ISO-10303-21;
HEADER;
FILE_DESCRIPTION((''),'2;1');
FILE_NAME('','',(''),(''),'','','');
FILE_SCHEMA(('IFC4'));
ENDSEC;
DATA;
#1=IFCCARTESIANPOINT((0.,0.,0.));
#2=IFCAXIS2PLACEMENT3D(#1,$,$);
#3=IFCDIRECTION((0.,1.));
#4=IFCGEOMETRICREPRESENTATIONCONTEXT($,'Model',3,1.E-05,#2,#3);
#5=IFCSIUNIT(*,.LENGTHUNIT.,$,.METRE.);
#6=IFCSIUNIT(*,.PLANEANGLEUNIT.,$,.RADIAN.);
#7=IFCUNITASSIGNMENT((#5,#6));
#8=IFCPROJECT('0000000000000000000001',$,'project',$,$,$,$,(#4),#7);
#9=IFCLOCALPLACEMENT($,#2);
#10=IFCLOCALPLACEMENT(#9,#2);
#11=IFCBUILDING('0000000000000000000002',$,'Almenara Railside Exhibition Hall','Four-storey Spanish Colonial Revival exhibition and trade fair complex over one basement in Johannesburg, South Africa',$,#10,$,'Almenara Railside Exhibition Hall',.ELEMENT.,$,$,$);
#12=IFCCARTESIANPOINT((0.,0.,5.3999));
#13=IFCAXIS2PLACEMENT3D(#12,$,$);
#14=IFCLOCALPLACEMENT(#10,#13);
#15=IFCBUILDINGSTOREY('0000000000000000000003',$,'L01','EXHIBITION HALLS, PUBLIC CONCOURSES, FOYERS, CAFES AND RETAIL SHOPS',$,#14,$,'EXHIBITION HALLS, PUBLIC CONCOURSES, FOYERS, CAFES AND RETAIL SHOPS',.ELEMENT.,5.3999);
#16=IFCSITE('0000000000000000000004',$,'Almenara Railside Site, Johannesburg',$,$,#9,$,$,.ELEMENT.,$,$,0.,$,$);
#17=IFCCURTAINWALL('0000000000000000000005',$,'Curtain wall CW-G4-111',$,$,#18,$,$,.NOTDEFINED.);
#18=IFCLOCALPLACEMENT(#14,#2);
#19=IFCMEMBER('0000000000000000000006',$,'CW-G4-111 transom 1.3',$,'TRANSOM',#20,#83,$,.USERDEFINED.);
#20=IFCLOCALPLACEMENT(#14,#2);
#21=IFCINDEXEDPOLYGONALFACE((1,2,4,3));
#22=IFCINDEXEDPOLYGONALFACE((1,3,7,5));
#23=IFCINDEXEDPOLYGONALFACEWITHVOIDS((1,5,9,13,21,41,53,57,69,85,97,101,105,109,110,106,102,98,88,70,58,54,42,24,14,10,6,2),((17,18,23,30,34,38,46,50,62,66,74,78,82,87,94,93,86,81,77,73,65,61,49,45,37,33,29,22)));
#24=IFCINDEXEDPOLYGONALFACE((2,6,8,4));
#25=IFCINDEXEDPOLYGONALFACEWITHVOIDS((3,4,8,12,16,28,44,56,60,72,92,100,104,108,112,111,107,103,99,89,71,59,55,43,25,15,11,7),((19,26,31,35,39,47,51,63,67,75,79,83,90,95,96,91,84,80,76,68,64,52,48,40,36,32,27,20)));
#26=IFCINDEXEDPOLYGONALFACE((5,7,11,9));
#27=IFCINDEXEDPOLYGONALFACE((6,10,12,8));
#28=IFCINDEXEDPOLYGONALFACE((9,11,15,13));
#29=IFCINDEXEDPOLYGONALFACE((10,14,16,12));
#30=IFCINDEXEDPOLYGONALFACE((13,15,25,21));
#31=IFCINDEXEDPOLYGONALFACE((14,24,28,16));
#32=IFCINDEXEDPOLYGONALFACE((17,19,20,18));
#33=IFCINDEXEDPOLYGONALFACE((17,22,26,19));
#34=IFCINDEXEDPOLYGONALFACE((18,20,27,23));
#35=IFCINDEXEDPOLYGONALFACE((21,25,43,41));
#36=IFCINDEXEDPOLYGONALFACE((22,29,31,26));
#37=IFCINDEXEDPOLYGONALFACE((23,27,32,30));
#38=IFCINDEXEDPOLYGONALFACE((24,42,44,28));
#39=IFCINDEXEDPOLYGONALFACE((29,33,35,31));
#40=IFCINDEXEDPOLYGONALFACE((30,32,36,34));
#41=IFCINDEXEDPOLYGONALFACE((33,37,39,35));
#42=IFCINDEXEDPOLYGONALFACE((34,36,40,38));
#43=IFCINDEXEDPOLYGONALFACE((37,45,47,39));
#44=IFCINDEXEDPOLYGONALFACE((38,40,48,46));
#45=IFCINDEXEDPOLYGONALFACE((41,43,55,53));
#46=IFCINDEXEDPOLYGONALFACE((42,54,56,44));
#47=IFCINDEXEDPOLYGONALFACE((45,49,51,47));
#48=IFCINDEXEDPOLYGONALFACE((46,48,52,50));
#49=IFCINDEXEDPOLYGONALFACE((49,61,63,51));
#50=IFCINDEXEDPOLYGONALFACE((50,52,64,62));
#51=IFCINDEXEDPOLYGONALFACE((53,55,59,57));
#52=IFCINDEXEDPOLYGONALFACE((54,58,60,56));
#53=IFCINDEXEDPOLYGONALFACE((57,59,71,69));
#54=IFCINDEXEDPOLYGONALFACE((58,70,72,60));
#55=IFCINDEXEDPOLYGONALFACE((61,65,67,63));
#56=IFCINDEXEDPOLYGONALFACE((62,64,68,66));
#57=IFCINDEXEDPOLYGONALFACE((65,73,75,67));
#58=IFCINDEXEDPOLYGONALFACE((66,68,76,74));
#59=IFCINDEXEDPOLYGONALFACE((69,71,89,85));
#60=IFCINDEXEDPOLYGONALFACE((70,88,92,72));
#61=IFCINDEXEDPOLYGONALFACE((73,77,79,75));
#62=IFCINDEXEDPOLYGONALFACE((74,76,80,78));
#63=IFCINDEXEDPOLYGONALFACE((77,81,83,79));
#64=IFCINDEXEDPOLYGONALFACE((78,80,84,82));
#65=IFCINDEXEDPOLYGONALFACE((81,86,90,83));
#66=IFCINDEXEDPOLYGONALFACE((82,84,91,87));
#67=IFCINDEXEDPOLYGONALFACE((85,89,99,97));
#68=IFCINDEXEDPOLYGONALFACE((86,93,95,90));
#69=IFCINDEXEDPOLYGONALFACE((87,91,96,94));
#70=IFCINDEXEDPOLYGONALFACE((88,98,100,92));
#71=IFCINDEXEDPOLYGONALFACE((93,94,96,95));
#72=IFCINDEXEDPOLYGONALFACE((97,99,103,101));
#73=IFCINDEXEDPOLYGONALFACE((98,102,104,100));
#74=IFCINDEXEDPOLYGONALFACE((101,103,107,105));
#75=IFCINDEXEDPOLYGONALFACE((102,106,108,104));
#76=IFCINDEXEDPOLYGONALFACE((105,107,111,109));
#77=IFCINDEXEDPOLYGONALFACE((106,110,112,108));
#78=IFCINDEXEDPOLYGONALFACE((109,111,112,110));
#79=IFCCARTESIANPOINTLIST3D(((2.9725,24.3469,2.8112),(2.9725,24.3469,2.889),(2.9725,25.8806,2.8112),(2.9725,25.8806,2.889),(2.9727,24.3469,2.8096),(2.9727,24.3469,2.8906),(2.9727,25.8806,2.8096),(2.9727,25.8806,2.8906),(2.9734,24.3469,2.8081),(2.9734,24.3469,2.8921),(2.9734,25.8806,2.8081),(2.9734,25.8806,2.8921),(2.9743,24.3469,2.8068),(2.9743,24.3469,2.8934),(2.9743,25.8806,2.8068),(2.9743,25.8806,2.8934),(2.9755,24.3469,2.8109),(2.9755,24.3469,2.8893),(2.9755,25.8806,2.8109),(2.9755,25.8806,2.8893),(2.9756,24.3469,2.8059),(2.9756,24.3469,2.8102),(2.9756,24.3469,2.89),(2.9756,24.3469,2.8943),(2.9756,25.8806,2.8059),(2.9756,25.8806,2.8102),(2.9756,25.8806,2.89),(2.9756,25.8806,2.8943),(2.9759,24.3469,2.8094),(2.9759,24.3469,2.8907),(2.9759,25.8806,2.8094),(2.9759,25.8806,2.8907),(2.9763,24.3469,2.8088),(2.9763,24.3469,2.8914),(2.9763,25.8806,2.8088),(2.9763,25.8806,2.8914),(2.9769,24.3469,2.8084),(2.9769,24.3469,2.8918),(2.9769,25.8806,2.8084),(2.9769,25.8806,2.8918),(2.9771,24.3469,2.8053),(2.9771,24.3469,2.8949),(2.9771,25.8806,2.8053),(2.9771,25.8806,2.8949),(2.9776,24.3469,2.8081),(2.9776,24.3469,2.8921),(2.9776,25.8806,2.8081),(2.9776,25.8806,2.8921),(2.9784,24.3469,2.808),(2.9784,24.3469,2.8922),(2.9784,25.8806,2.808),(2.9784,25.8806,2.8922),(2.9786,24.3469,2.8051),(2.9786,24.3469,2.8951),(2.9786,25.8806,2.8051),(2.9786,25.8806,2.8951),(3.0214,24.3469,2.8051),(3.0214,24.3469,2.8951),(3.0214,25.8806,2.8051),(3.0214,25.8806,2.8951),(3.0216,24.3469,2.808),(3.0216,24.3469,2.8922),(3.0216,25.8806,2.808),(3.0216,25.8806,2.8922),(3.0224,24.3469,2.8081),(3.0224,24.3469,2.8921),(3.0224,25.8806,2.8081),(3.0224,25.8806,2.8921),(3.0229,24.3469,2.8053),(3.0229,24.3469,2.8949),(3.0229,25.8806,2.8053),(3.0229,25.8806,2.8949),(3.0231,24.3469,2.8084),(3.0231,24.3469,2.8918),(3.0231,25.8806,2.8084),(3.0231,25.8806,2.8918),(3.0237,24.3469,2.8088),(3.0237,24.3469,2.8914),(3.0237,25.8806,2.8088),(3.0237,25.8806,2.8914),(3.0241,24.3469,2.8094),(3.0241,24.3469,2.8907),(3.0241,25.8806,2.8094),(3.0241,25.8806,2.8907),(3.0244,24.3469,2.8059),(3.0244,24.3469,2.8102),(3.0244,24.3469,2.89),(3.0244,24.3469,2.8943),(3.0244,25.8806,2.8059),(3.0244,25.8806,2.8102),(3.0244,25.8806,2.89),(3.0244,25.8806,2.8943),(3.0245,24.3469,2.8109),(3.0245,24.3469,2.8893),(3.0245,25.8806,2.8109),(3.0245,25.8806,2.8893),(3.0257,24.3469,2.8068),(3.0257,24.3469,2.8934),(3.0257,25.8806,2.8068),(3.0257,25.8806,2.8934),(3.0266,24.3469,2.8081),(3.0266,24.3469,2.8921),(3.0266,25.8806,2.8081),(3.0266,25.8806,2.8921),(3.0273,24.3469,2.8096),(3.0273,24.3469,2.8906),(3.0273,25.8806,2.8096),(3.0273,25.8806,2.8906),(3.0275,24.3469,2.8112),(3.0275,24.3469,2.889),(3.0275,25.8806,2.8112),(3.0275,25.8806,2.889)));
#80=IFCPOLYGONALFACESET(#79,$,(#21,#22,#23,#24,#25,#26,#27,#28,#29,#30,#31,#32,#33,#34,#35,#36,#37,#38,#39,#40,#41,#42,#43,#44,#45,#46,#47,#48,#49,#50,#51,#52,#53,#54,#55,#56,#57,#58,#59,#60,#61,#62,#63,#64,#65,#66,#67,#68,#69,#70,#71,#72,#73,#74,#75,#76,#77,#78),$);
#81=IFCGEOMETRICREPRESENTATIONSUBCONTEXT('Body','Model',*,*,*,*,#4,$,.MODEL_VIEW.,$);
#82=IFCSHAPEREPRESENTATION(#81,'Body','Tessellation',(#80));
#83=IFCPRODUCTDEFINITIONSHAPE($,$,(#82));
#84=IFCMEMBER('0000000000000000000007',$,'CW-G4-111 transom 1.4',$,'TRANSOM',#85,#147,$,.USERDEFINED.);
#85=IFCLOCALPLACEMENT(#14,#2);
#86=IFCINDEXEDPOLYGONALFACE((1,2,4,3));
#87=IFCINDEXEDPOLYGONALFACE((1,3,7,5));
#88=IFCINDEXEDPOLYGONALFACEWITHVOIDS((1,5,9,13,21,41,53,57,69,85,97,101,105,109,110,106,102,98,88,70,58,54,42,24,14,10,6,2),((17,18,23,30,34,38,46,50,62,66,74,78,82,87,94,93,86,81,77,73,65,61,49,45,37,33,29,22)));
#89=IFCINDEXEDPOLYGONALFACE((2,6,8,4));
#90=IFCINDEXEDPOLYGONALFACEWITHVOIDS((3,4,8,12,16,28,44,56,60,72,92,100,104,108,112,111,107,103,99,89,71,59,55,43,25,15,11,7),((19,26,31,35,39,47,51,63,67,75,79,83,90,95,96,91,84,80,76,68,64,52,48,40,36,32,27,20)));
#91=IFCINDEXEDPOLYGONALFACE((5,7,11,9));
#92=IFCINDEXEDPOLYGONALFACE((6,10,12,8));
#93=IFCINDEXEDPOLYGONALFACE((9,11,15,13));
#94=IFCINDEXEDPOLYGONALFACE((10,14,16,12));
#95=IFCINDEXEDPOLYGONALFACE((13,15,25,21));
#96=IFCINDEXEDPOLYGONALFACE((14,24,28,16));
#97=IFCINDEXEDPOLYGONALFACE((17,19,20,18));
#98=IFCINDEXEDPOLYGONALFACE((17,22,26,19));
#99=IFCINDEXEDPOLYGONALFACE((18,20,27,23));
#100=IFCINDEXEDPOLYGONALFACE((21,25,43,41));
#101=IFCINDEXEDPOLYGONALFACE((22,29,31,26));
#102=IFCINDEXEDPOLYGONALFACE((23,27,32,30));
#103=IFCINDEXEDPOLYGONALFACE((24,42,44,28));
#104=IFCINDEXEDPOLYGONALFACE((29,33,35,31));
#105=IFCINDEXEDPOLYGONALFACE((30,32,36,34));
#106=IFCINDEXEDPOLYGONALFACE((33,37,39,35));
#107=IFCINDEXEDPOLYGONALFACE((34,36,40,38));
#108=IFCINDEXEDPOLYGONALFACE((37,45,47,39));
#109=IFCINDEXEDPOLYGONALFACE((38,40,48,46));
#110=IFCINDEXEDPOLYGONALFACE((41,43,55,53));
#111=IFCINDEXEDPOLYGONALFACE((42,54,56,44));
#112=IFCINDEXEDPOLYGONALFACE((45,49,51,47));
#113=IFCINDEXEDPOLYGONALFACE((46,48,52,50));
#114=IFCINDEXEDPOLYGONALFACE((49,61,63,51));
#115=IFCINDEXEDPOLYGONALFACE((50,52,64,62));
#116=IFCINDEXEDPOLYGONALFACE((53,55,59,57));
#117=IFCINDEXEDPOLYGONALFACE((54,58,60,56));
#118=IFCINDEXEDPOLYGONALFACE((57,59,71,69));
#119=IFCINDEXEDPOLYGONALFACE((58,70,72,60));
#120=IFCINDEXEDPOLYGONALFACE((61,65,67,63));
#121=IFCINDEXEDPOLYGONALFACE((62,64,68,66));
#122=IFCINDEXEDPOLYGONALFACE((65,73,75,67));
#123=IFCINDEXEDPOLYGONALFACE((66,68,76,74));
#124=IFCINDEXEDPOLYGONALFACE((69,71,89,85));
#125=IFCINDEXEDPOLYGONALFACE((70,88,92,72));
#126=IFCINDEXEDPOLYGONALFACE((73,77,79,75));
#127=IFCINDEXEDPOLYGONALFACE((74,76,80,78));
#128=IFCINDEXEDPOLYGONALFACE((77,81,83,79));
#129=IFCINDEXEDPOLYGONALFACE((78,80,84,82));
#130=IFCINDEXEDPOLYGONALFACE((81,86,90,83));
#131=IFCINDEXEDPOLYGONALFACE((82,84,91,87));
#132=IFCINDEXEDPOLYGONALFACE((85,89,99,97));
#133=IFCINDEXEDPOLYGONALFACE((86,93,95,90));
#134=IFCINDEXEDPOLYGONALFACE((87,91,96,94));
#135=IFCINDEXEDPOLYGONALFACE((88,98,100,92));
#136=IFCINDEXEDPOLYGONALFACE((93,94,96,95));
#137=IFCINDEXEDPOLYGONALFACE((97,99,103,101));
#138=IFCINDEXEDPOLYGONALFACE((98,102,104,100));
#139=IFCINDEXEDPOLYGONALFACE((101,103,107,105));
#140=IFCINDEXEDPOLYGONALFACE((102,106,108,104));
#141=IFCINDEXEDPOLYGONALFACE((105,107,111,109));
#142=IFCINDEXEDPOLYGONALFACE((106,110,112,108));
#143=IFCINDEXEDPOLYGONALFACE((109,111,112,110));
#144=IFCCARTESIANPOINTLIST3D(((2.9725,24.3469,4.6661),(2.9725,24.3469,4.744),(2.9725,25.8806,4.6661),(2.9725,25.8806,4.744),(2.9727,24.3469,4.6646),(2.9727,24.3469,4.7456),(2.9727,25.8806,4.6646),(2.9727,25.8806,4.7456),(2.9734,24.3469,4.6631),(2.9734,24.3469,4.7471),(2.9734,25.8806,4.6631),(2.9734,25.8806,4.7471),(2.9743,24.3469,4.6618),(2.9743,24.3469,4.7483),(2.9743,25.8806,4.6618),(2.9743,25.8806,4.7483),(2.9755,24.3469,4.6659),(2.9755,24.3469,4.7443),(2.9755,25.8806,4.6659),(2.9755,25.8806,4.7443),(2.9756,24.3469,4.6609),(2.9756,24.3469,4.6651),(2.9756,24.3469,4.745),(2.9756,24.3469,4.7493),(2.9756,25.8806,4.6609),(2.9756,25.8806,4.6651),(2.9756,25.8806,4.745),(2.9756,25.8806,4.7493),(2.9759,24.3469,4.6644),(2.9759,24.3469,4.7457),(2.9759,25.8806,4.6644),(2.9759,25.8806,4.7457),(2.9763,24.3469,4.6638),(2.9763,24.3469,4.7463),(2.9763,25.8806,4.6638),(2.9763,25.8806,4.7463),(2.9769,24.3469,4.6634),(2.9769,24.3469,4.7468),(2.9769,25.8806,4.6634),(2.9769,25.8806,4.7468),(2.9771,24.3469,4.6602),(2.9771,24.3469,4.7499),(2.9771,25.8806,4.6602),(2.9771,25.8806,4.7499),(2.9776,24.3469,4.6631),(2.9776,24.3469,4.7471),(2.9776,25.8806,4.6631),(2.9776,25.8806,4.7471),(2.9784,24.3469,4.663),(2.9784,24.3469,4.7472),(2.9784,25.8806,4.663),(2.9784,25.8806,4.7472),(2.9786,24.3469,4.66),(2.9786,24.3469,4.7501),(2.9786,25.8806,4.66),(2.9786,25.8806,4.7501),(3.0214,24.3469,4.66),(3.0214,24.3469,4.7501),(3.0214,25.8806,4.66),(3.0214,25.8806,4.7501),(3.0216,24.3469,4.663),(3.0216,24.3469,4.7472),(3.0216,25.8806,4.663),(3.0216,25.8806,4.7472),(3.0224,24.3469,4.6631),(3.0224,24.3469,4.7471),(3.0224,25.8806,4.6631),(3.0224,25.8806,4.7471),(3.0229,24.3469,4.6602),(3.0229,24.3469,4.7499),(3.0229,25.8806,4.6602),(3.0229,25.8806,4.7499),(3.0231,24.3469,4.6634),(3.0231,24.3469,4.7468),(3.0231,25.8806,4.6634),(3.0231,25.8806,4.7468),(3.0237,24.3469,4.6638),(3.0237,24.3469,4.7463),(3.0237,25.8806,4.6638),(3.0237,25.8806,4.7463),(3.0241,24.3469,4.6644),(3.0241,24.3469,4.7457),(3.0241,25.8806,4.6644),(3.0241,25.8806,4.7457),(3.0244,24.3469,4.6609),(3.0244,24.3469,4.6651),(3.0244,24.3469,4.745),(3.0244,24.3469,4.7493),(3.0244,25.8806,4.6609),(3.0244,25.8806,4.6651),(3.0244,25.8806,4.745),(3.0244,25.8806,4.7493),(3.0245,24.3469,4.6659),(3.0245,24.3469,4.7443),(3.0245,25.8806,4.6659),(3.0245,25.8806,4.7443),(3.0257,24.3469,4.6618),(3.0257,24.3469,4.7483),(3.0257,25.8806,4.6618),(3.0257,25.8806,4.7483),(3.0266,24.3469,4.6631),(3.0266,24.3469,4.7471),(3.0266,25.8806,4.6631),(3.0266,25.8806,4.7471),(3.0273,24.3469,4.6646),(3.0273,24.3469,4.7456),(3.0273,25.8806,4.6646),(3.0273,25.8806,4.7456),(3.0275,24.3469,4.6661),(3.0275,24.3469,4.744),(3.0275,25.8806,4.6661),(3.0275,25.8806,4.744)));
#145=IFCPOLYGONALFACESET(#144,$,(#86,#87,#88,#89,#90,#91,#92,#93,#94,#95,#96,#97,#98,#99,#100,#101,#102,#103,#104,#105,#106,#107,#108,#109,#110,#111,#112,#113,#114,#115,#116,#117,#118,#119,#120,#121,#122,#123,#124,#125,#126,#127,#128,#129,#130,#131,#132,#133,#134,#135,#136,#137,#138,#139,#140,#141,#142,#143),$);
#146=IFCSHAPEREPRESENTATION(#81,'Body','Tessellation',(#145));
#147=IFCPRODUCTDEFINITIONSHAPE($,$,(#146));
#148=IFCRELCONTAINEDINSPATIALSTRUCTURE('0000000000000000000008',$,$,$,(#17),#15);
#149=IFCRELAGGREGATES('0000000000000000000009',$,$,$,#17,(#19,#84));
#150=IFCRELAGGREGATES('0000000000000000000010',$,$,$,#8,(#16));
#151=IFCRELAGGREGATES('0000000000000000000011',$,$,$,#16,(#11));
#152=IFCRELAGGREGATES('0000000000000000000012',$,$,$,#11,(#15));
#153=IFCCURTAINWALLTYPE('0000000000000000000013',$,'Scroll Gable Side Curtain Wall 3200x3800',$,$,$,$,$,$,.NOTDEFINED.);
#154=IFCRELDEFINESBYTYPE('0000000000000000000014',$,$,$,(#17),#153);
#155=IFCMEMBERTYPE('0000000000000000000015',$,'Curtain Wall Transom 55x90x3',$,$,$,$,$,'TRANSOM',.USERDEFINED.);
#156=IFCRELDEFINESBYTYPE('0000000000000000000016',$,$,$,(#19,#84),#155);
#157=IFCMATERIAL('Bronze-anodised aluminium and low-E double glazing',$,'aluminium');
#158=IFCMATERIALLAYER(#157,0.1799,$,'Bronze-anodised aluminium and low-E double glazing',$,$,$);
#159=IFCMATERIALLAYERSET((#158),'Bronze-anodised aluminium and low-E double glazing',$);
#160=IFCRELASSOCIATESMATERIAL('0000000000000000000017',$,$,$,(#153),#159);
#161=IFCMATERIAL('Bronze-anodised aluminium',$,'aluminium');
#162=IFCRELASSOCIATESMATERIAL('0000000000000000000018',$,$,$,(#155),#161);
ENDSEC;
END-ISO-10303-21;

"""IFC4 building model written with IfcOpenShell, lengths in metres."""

from ifc_helpers import new_model, si_unit, direction, frame, origin, origin_2d, place, context, subcontext, project, spatial, hollow_rectangle, extrude, material, layer, layer_set, material_profile, profile_set, type_object, element, aggregate, save


model = new_model("IFC4")

# Units and contexts
model_context = context("Model", 3, precision=1e-05, world=origin(), true_north=direction((0.0, 1.0)))
body_context = subcontext(model_context, "Body", "Model", "MODEL_VIEW")
ifc_project = project(units=[si_unit("LENGTHUNIT", "METRE"), si_unit("PLANEANGLEUNIT", "RADIAN")], contexts=[model_context])

# Site, building, storey
site_placement = place(None, origin())
site = spatial("IfcSite", under=ifc_project, at=site_placement, Name="Almenara Railside Site, Johannesburg", CompositionType="ELEMENT", RefElevation=0.0)
building_placement = place(site_placement, origin())
building = spatial("IfcBuilding", under=site, at=building_placement, Name="Almenara Railside Exhibition Hall", Description="Four-storey Spanish Colonial Revival exhibition and trade fair complex over one basement in Johannesburg, South Africa", LongName="Almenara Railside Exhibition Hall", CompositionType="ELEMENT")
storey_placement = place(building_placement, frame((0.0, 0.0, 5.3999)))
storey = spatial("IfcBuildingStorey", under=building, at=storey_placement, Name="L01", Description="EXHIBITION HALLS, PUBLIC CONCOURSES, FOYERS, CAFES AND RETAIL SHOPS", LongName="EXHIBITION HALLS, PUBLIC CONCOURSES, FOYERS, CAFES AND RETAIL SHOPS", CompositionType="ELEMENT", Elevation=5.3999)

# Curtain wall
ifc_material_1 = material(Name="Bronze-anodised aluminium and low-E double glazing", Category="aluminium")
ifc_layer_1 = layer(ifc_material_1, 0.1799, Name="Bronze-anodised aluminium and low-E double glazing")
ifc_layer_set_1 = layer_set([ifc_layer_1], Name="Bronze-anodised aluminium and low-E double glazing")
curtain_wall_type_1 = type_object("IfcCurtainWallType", Name="Scroll Gable Side Curtain Wall 3200x3800", PredefinedType="NOTDEFINED", material=ifc_layer_set_1)
curtain_wall_1_placement = place(storey_placement, origin())
curtain_wall_1 = element("IfcCurtainWall", 1, at=curtain_wall_1_placement, inside=storey, type_object=curtain_wall_type_1, Name="Curtain wall CW-G4-111", PredefinedType="NOTDEFINED")
ifc_material_2 = material(Name="Bronze-anodised aluminium", Category="aluminium")

# Members
ifc_material_profile_1 = material_profile(ifc_material_2, hollow_rectangle(XDim=0.0549, YDim=0.0901, WallThickness=0.0029, InnerFilletRadius=0.0029, OuterFilletRadius=0.0061, at=origin_2d()), Name="ALU-TRN 55x90x3")
ifc_profile_set_1 = profile_set([ifc_material_profile_1], Name="Bronze-anodised aluminium")
member_type_1 = type_object("IfcMemberType", Name="Curtain Wall Transom 55x90x3", ElementType="TRANSOM", PredefinedType="USERDEFINED", material=ifc_profile_set_1)
member_1_placement = place(storey_placement, frame((3.0, 24.3469, 2.8501), z_axis=(0.0, 1.0, 0.0), x_axis=(-1.0, 0.0, 0.0)))
member_1 = element("IfcMember", 2, at=member_1_placement, type_object=member_type_1, Name="CW-G4-111 transom 1.3", ObjectType="TRANSOM", PredefinedType="USERDEFINED", context=body_context, shape_type="SweptSolid", body=[
    extrude(hollow_rectangle(XDim=0.0549, YDim=0.0901, WallThickness=0.0029, InnerFilletRadius=0.0029, OuterFilletRadius=0.0061, at=origin_2d()), origin(), (0.0, 0.0, 1.0), 1.5337),
])
member_2_placement = place(storey_placement, frame((3.0, 24.3469, 4.7051), z_axis=(0.0, 1.0, 0.0), x_axis=(-1.0, 0.0, 0.0)))
member_2 = element("IfcMember", 3, at=member_2_placement, type_object=member_type_1, Name="CW-G4-111 transom 1.4", ObjectType="TRANSOM", PredefinedType="USERDEFINED", context=body_context, shape_type="SweptSolid", body=[
    extrude(hollow_rectangle(XDim=0.0549, YDim=0.0901, WallThickness=0.0029, InnerFilletRadius=0.0029, OuterFilletRadius=0.0061, at=origin_2d()), origin(), (0.0, 0.0, 1.0), 1.5337),
])
aggregate(curtain_wall_1, [member_1, member_2])

save(model, "model.ifc")
